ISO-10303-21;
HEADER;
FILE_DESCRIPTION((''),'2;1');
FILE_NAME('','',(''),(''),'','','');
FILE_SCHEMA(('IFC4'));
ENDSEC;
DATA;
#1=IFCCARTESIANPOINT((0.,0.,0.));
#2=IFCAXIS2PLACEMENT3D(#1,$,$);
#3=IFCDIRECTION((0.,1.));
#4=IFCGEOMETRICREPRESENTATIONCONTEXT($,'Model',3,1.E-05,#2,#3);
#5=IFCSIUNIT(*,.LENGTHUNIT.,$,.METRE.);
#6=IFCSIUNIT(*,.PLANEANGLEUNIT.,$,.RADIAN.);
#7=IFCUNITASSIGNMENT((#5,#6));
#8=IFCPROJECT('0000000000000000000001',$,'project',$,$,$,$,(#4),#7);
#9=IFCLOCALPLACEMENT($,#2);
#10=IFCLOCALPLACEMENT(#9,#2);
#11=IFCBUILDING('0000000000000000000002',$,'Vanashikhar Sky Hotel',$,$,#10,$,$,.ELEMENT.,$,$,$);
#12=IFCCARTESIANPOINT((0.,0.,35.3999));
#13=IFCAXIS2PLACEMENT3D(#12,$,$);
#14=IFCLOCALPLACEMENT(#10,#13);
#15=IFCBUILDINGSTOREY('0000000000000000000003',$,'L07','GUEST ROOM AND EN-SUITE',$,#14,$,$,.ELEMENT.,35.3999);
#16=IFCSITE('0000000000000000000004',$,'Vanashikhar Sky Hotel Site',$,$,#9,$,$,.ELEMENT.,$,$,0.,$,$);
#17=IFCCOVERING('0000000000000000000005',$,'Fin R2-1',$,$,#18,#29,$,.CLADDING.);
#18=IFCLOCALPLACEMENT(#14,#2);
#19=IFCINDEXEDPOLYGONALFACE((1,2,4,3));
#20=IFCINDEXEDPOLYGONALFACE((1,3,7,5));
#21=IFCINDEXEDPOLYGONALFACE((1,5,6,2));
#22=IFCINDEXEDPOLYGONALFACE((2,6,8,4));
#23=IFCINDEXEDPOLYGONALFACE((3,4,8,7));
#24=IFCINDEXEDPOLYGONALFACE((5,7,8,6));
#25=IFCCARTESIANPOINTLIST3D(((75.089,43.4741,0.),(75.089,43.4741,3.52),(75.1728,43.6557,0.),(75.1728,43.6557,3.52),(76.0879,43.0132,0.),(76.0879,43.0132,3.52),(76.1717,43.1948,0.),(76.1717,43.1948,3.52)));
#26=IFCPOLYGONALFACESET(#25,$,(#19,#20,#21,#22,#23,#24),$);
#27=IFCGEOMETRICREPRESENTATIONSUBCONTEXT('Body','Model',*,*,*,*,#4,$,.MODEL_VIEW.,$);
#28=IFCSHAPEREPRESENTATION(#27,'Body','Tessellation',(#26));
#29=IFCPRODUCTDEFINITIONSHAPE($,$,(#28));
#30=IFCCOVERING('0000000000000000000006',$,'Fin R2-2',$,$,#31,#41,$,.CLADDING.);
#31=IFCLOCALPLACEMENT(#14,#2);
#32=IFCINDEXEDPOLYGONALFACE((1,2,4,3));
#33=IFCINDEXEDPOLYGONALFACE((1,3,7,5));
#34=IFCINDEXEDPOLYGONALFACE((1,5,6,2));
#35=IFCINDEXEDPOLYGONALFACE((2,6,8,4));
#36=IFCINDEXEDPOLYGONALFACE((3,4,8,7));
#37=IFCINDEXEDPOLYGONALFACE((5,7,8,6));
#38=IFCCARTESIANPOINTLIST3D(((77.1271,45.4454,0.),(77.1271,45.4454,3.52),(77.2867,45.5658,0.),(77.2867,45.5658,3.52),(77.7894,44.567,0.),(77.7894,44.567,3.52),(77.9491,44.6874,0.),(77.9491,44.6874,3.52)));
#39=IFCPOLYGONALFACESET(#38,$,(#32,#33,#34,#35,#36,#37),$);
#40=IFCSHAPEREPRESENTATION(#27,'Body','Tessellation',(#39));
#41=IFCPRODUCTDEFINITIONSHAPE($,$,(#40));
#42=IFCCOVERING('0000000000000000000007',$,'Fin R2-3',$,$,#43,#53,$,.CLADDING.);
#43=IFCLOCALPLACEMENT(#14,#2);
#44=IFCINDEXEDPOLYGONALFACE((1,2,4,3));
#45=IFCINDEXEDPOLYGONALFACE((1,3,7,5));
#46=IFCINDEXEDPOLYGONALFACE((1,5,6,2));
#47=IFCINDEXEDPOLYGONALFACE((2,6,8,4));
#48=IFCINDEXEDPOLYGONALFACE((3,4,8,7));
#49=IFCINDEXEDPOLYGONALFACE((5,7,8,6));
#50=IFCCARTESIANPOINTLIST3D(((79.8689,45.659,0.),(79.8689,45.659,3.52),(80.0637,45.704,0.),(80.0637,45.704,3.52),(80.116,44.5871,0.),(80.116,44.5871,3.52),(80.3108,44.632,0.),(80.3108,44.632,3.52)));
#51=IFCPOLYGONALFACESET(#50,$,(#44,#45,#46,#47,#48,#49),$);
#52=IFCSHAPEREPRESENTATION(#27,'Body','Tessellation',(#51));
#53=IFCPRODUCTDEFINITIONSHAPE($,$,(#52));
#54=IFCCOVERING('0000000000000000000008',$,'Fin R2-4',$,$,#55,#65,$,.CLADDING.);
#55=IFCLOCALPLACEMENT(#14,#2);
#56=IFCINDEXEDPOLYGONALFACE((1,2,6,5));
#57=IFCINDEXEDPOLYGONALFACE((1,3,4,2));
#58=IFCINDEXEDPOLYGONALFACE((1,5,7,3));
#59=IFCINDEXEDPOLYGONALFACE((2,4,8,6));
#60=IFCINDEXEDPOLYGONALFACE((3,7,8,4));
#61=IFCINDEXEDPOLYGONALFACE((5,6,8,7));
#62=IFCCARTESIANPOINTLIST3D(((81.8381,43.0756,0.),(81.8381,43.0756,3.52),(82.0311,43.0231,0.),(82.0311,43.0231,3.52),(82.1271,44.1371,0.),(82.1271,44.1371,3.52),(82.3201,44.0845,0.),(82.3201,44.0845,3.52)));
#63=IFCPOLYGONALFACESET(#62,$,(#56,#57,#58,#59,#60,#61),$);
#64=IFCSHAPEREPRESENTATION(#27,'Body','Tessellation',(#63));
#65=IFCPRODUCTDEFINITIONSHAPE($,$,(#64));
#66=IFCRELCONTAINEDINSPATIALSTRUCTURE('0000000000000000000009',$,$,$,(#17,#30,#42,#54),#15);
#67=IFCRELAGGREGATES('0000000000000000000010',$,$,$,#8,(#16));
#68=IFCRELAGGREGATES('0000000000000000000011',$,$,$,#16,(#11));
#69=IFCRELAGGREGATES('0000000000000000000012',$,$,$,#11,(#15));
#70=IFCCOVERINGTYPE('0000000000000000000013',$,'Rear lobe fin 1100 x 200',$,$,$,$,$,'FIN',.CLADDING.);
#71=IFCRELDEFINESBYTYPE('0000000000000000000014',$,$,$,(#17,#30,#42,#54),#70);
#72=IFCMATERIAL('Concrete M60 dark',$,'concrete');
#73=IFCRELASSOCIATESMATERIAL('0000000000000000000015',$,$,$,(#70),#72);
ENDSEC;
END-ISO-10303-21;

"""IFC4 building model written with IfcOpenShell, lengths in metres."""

from ifc_helpers import new_model, si_unit, direction, frame, origin, origin_2d, place, context, subcontext, project, spatial, rectangle, extrude, source, transform, mapped, material, material_profile, profile_set, type_object, element, save


model = new_model("IFC4")

# Units and contexts
model_context = context("Model", 3, precision=1e-05, world=origin(), true_north=direction((0.0, 1.0)))
body_context = subcontext(model_context, "Body", "Model", "MODEL_VIEW")
ifc_project = project(units=[si_unit("LENGTHUNIT", "METRE"), si_unit("PLANEANGLEUNIT", "RADIAN")], contexts=[model_context])

# Site, building, storey
site_placement = place(None, origin())
site = spatial("IfcSite", under=ifc_project, at=site_placement, Name="Vanashikhar Sky Hotel Site", CompositionType="ELEMENT", RefElevation=0.0)
building_placement = place(site_placement, origin())
building = spatial("IfcBuilding", under=site, at=building_placement, Name="Vanashikhar Sky Hotel", CompositionType="ELEMENT")
storey_placement = place(building_placement, frame((0.0, 0.0, 35.3999)))
storey = spatial("IfcBuildingStorey", under=building, at=storey_placement, Name="L07", Description="GUEST ROOM AND EN-SUITE", CompositionType="ELEMENT", Elevation=35.3999)

# Coverings
ifc_material_1 = material(Name="Concrete M60 dark", Category="concrete")
ifc_material_profile_1 = material_profile(ifc_material_1, rectangle(XDim=1.1001, YDim=0.2, at=origin_2d()))
ifc_profile_set_1 = profile_set([ifc_material_profile_1], Name="Rear lobe fin 1100 x 200")
covering_type = type_object("IfcCoveringType", Name="Rear lobe fin 1100 x 200", ElementType="FIN", PredefinedType="CLADDING", material=ifc_profile_set_1)
shared_shape_1 = source(origin(), body_context, "Body", "SweptSolid", [
    extrude(rectangle(XDim=1.1001, YDim=0.2, at=origin_2d()), origin(), (0.0, 0.0, 1.0), 3.52),
])
for number, where, z_axis, x_axis, name in (
    (1, (75.6304, 43.3345, 0.0), (0.0, 0.0, 1.0), (-0.908004, 0.418961, 0.0), "Fin R2-1"),
    (2, (77.5381, 45.0664, 0.0), (0.0, 0.0, 1.0), (-0.602066, 0.798446, 0.0), "Fin R2-2"),
    (3, (80.0898, 45.1455, 0.0), (0.0, 0.0, 1.0), (-0.224645, 0.974441, 0.0), "Fin R2-3"),
    (4, (82.0791, 43.5801, 0.0), (0.0, 0.0, 1.0), (0.262711, 0.964874, 0.0), "Fin R2-4"),
):
    element("IfcCovering", number, at=place(storey_placement, frame(where, z_axis=z_axis, x_axis=x_axis)), inside=storey, type_object=covering_type, Name=name, PredefinedType="CLADDING", context=body_context, shape_type="MappedRepresentation", body=[
        mapped(shared_shape_1, transform((0.0, 0.0, 0.0), scale=1.0)),
    ])

save(model, "model.ifc")
